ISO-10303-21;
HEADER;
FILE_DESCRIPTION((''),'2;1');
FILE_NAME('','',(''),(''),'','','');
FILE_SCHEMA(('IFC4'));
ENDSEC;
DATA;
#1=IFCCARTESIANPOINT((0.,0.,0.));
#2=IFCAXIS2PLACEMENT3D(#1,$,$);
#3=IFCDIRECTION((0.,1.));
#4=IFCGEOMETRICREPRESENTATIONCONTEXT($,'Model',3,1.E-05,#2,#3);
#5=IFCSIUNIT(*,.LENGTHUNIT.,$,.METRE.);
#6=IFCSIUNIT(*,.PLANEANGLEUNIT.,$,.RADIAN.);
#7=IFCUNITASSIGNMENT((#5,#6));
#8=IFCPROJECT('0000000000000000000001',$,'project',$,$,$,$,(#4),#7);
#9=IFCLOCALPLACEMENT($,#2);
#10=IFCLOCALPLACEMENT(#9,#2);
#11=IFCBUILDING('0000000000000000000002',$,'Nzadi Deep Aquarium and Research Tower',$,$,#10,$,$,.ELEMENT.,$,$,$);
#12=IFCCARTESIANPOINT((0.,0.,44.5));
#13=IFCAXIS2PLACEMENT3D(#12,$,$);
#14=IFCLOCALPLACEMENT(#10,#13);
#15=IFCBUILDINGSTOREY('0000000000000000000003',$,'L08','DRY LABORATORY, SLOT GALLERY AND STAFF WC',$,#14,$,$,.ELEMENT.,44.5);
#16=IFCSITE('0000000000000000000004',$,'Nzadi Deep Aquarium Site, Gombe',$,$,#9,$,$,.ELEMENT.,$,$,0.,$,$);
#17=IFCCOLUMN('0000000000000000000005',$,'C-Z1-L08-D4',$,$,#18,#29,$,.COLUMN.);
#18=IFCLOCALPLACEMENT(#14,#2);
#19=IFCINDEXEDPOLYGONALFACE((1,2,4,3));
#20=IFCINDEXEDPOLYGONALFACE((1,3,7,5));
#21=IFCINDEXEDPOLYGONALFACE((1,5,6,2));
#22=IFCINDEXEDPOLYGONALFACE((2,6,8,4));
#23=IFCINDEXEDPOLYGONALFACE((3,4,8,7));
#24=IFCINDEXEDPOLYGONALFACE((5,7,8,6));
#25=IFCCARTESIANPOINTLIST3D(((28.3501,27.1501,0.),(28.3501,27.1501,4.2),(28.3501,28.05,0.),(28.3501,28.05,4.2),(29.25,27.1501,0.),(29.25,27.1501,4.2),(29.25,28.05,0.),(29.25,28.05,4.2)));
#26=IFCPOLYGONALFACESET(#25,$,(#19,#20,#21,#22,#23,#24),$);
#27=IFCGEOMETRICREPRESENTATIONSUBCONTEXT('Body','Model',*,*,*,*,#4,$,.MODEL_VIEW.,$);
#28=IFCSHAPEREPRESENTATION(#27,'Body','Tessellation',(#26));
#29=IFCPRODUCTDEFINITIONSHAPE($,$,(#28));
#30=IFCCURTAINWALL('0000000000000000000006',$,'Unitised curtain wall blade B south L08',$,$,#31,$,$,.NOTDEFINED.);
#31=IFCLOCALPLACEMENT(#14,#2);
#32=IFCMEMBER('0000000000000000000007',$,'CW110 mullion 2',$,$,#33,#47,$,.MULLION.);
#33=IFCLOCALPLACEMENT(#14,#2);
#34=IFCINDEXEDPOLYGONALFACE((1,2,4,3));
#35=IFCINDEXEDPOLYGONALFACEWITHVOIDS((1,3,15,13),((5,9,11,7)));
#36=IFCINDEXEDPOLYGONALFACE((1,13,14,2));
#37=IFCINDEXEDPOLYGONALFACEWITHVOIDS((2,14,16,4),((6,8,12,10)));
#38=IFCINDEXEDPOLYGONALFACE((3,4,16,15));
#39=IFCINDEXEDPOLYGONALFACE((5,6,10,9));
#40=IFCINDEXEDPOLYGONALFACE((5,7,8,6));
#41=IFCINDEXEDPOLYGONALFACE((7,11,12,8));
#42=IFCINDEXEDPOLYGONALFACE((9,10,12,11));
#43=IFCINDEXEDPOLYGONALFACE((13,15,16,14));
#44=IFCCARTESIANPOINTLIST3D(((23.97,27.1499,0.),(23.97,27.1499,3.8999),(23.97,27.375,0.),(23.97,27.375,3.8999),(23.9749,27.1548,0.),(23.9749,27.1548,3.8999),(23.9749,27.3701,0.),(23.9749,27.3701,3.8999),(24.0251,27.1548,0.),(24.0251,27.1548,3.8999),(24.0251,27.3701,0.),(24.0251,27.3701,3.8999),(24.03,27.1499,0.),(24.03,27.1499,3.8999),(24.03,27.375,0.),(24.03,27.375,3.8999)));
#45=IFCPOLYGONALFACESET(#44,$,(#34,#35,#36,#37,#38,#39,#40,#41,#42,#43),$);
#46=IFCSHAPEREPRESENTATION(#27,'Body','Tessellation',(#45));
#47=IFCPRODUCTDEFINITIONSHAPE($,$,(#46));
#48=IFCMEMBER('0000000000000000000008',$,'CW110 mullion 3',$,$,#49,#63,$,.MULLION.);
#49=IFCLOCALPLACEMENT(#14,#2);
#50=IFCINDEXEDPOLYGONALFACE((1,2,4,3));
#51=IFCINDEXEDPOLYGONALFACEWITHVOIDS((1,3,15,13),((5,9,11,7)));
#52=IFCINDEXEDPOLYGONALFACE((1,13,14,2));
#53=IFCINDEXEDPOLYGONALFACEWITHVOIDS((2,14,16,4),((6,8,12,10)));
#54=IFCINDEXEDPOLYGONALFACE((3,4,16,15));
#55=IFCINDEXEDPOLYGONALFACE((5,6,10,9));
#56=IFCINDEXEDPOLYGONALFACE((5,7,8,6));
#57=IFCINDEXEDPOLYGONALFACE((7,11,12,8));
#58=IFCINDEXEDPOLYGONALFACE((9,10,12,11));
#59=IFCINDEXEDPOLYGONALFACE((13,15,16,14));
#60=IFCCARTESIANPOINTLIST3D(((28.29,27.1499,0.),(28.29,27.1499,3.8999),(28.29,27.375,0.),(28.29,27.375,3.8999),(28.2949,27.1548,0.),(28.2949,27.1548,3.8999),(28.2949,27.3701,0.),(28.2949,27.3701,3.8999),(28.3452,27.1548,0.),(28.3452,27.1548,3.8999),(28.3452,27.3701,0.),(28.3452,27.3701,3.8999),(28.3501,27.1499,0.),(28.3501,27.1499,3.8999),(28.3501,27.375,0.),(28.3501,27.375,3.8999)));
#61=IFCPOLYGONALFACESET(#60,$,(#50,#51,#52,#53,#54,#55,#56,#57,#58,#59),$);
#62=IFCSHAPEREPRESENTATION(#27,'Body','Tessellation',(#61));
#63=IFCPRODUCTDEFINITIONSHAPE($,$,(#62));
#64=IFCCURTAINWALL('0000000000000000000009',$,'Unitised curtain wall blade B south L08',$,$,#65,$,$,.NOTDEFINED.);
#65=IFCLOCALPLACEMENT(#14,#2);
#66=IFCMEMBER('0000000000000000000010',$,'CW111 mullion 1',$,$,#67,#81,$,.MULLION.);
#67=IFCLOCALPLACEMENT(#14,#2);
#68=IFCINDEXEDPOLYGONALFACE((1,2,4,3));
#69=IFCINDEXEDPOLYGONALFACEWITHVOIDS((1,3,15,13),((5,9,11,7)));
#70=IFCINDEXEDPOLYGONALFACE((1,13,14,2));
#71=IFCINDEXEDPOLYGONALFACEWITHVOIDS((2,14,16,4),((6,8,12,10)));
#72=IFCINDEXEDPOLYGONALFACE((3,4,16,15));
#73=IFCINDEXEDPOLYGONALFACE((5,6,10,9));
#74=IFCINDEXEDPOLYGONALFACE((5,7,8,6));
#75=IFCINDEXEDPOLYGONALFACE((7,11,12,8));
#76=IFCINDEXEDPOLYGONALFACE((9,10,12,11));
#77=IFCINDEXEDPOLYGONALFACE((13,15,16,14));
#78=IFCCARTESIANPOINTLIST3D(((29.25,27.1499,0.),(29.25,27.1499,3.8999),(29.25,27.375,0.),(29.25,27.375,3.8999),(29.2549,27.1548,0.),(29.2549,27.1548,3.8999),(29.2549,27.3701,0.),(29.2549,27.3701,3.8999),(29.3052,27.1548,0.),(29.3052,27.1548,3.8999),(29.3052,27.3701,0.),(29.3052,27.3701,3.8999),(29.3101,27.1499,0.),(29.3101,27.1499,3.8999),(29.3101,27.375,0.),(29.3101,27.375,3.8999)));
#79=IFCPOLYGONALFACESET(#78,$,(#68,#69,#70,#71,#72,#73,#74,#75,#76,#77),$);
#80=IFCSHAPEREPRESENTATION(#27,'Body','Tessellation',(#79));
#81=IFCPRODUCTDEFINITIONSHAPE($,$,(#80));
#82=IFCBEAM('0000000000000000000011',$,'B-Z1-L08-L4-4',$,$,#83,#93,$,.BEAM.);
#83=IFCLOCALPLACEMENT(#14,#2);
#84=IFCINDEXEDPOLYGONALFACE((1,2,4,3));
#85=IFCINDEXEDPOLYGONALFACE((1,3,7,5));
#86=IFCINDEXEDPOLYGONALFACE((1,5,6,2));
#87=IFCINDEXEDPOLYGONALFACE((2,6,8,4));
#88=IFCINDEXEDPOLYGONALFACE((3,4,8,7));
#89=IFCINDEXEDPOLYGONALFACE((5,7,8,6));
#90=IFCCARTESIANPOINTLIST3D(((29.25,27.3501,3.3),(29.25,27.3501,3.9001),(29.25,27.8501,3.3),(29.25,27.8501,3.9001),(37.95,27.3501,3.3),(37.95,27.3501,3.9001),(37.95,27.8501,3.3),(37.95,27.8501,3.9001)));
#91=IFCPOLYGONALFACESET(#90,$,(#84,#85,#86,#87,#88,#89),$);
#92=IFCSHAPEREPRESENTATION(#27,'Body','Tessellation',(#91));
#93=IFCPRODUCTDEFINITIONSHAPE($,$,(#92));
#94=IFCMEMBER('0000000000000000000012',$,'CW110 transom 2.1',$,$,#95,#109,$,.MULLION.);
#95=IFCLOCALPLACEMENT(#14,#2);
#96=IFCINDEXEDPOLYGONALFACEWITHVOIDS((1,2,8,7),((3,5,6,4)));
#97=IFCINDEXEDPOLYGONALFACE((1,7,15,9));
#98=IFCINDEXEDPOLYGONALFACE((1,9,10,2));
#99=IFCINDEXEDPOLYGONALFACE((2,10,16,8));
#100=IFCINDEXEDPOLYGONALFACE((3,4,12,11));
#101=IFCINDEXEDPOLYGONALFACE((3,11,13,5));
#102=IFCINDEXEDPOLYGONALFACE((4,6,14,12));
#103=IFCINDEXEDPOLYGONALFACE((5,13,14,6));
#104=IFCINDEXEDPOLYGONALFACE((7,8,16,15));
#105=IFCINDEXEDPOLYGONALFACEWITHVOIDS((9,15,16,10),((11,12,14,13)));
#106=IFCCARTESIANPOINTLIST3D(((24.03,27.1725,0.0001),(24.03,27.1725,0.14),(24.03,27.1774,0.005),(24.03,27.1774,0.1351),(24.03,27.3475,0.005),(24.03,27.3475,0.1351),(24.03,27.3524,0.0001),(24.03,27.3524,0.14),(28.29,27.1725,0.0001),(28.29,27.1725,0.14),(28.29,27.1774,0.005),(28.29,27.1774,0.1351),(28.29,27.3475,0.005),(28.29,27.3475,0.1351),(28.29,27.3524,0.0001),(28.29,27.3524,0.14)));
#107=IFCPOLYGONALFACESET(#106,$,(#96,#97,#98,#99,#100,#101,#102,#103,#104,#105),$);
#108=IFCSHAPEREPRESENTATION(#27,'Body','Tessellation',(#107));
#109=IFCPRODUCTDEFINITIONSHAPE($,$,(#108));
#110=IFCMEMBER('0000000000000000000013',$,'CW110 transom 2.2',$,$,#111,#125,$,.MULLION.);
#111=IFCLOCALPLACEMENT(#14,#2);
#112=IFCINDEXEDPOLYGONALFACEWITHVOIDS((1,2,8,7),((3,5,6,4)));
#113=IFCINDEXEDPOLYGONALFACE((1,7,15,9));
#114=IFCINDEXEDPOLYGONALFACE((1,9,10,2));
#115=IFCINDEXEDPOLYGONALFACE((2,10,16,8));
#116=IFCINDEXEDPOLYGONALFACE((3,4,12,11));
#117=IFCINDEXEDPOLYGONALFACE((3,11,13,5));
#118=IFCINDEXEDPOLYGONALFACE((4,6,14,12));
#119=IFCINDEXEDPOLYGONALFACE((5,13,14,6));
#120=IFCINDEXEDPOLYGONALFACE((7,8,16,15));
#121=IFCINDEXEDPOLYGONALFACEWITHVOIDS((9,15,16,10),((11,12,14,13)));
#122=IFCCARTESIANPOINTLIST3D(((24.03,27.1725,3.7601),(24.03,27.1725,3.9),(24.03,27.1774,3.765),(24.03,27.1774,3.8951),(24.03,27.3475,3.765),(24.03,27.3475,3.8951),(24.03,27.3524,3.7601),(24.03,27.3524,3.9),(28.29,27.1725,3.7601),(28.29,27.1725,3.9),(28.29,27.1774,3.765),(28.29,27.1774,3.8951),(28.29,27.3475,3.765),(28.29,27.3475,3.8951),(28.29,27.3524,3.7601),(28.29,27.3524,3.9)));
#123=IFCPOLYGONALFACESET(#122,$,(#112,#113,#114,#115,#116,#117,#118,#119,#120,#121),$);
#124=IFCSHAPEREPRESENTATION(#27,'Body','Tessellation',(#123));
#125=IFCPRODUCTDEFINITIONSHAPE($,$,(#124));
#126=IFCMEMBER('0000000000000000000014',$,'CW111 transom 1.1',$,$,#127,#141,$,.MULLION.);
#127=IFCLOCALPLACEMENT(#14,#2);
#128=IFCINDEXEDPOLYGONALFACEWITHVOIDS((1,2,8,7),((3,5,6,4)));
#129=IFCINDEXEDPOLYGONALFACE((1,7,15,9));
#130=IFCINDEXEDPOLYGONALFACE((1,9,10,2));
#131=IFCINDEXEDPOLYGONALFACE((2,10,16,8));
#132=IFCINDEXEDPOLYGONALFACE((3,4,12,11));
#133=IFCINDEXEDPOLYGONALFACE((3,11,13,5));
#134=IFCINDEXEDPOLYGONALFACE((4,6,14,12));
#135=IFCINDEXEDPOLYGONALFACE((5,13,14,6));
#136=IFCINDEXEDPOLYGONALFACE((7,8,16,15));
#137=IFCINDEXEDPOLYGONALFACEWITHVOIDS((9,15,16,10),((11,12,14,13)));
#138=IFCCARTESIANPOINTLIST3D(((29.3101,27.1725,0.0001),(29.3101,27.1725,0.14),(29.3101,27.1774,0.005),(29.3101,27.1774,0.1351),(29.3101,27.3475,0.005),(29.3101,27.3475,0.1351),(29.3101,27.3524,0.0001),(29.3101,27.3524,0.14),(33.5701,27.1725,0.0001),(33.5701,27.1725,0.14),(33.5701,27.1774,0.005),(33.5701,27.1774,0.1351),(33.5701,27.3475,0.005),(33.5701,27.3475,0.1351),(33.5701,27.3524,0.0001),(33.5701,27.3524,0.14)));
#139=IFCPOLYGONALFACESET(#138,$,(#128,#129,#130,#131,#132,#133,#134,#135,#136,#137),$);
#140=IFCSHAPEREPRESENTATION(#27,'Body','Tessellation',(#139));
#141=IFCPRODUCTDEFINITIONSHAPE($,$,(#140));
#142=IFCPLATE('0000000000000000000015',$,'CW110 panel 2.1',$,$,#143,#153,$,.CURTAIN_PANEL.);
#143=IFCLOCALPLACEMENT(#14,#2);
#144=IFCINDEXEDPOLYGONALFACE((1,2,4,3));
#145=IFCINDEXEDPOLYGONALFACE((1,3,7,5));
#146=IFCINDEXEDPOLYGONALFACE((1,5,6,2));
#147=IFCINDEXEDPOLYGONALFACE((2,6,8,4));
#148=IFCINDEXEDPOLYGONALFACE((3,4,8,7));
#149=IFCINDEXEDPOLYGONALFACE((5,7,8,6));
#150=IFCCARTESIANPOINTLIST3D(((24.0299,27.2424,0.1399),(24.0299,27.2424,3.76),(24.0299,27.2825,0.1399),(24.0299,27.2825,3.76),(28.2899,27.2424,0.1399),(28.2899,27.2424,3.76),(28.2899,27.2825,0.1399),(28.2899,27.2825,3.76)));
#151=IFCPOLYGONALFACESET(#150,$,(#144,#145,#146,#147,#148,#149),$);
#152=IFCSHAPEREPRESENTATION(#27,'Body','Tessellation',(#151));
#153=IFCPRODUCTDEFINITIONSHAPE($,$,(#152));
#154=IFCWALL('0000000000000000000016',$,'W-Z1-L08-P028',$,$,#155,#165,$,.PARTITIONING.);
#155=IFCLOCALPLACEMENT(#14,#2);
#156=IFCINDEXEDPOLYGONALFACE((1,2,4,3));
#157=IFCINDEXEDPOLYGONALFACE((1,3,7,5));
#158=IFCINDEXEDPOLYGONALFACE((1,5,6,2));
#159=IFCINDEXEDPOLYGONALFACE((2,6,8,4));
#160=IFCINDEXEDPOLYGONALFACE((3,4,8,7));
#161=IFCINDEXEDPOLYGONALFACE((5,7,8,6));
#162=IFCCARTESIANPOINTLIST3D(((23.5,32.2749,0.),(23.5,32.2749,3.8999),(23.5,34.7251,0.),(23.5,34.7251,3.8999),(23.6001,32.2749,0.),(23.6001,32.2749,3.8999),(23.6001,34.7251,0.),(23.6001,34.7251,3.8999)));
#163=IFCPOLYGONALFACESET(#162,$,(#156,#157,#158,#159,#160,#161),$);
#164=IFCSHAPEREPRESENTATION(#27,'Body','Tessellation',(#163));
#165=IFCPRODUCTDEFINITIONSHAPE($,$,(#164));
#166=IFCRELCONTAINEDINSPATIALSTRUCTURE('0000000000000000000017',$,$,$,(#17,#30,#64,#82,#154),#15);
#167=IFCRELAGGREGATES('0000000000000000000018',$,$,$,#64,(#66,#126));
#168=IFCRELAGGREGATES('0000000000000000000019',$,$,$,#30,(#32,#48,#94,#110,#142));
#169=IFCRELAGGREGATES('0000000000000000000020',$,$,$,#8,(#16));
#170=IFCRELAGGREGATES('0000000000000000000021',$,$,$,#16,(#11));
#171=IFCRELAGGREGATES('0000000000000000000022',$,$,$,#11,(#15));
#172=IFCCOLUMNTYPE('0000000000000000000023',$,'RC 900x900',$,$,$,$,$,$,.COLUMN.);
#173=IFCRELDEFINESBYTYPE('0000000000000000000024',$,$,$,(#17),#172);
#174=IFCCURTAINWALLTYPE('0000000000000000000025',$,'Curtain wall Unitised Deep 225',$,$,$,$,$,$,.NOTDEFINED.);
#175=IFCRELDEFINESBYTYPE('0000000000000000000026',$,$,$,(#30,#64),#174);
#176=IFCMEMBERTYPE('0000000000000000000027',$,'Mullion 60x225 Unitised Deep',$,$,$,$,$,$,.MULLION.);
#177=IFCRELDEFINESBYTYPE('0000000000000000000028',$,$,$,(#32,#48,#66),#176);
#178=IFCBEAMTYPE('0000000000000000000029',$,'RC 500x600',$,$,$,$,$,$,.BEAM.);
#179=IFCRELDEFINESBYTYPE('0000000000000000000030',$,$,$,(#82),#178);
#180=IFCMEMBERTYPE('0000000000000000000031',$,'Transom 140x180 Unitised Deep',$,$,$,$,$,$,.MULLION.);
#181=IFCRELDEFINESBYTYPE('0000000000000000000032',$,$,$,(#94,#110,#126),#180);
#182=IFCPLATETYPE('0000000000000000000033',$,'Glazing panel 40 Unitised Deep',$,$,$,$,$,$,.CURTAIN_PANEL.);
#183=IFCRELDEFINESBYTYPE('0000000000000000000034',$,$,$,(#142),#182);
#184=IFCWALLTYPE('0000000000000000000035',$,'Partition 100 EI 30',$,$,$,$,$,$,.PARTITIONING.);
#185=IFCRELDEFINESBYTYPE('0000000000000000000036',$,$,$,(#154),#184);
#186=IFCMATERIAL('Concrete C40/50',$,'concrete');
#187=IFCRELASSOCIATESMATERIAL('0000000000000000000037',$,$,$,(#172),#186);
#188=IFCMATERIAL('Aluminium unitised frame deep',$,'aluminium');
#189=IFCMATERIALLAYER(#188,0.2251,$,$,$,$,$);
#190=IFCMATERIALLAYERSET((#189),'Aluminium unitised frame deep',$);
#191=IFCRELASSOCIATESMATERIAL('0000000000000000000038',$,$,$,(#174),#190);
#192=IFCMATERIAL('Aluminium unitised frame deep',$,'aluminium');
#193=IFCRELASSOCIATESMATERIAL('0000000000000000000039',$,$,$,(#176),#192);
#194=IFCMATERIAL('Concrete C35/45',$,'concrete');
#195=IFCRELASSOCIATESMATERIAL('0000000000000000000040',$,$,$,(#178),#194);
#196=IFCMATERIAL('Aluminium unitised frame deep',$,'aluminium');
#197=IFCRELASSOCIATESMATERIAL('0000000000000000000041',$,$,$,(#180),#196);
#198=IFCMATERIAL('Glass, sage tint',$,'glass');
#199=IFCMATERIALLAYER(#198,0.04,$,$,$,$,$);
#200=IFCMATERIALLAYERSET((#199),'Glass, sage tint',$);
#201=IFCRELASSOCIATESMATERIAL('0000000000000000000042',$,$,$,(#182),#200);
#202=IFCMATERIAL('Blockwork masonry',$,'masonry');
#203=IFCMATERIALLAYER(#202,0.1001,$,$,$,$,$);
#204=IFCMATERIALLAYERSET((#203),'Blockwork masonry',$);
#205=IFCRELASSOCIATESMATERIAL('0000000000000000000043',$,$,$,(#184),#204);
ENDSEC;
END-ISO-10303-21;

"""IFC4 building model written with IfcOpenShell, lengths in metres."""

from ifc_helpers import new_model, si_unit, direction, frame, frame_2d, origin, origin_2d, place, context, subcontext, project, spatial, rectangle, hollow_rectangle, extrude, material, layer, layer_set, material_profile, profile_set, type_object, element, aggregate, save


model = new_model("IFC4")

# Units and contexts
model_context = context("Model", 3, precision=1e-05, world=origin(), true_north=direction((0.0, 1.0)))
body_context = subcontext(model_context, "Body", "Model", "MODEL_VIEW")
ifc_project = project(units=[si_unit("LENGTHUNIT", "METRE"), si_unit("PLANEANGLEUNIT", "RADIAN")], contexts=[model_context])

# Site, building, storey
site_placement = place(None, origin())
site = spatial("IfcSite", under=ifc_project, at=site_placement, Name="Nzadi Deep Aquarium Site, Gombe", CompositionType="ELEMENT", RefElevation=0.0)
building_placement = place(site_placement, origin())
building = spatial("IfcBuilding", under=site, at=building_placement, Name="Nzadi Deep Aquarium and Research Tower", CompositionType="ELEMENT")
storey_placement = place(building_placement, frame((0.0, 0.0, 44.5)))
storey = spatial("IfcBuildingStorey", under=building, at=storey_placement, Name="L08", Description="DRY LABORATORY, SLOT GALLERY AND STAFF WC", CompositionType="ELEMENT", Elevation=44.5)

# Column
ifc_material_1 = material(Name="Concrete C40/50", Category="concrete")
ifc_material_profile_1 = material_profile(ifc_material_1, rectangle(XDim=0.8999, YDim=0.8999, at=origin_2d()))
ifc_profile_set_1 = profile_set([ifc_material_profile_1], Name="Concrete C40/50")
column_type = type_object("IfcColumnType", Name="RC 900x900", PredefinedType="COLUMN", material=ifc_profile_set_1)
column_placement = place(storey_placement, frame((28.8, 27.6001, 0.0), z_axis=(0.0, 0.0, 1.0), x_axis=(1.0, 0.0, 0.0)))
element("IfcColumn", 1, at=column_placement, inside=storey, type_object=column_type, Name="C-Z1-L08-D4", PredefinedType="COLUMN", context=body_context, shape_type="SweptSolid", body=[
    extrude(rectangle(XDim=0.8999, YDim=0.8999, at=origin_2d()), origin(), (0.0, 0.0, 1.0), 4.2),
])

# Curtain wall, members
ifc_material_2 = material(Name="Aluminium unitised frame deep", Category="aluminium")
ifc_layer_1 = layer(ifc_material_2, 0.2251)
ifc_layer_set_1 = layer_set([ifc_layer_1], Name="Aluminium unitised frame deep")
curtain_wall_type = type_object("IfcCurtainWallType", Name="Curtain wall Unitised Deep 225", PredefinedType="NOTDEFINED", material=ifc_layer_set_1)
curtain_wall_1_placement = place(storey_placement, origin())
curtain_wall_1 = element("IfcCurtainWall", 2, at=curtain_wall_1_placement, inside=storey, type_object=curtain_wall_type, Name="Unitised curtain wall blade B south L08", PredefinedType="NOTDEFINED")
ifc_material_3 = material(Name="Aluminium unitised frame deep", Category="aluminium")
ifc_material_profile_2 = material_profile(ifc_material_3, hollow_rectangle(XDim=0.2251, YDim=0.0601, WallThickness=0.0049, at=origin_2d()))
ifc_profile_set_2 = profile_set([ifc_material_profile_2], Name="Aluminium unitised frame deep")
member_type_1 = type_object("IfcMemberType", Name="Mullion 60x225 Unitised Deep", PredefinedType="MULLION", material=ifc_profile_set_2)
member_1_placement = place(storey_placement, frame((24.0, 27.2625, 0.0), z_axis=(0.0, 0.0, 1.0), x_axis=(0.0, 1.0, 0.0)))
member_1 = element("IfcMember", 3, at=member_1_placement, type_object=member_type_1, Name="CW110 mullion 2", PredefinedType="MULLION", context=body_context, shape_type="SweptSolid", body=[
    extrude(hollow_rectangle(XDim=0.2251, YDim=0.0601, WallThickness=0.0049, at=origin_2d()), origin(), (0.0, 0.0, 1.0), 3.8999),
])
member_2_placement = place(storey_placement, frame((28.3201, 27.2625, 0.0), z_axis=(0.0, 0.0, 1.0), x_axis=(0.0, 1.0, 0.0)))
member_2 = element("IfcMember", 4, at=member_2_placement, type_object=member_type_1, Name="CW110 mullion 3", PredefinedType="MULLION", context=body_context, shape_type="SweptSolid", body=[
    extrude(hollow_rectangle(XDim=0.2251, YDim=0.0601, WallThickness=0.0049, at=origin_2d()), origin(), (0.0, 0.0, 1.0), 3.8999),
])

# Curtain wall, member
curtain_wall_2_placement = place(storey_placement, origin())
curtain_wall_2 = element("IfcCurtainWall", 5, at=curtain_wall_2_placement, inside=storey, type_object=curtain_wall_type, Name="Unitised curtain wall blade B south L08", PredefinedType="NOTDEFINED")
member_3_placement = place(storey_placement, frame((29.28, 27.2625, 0.0), z_axis=(0.0, 0.0, 1.0), x_axis=(0.0, 1.0, 0.0)))
member_3 = element("IfcMember", 6, at=member_3_placement, type_object=member_type_1, Name="CW111 mullion 1", PredefinedType="MULLION", context=body_context, shape_type="SweptSolid", body=[
    extrude(hollow_rectangle(XDim=0.2251, YDim=0.0601, WallThickness=0.0049, at=origin_2d()), origin(), (0.0, 0.0, 1.0), 3.8999),
])

# Beam
ifc_material_4 = material(Name="Concrete C35/45", Category="concrete")
ifc_material_profile_3 = material_profile(ifc_material_4, rectangle(XDim=0.5, YDim=0.6001, at=origin_2d()))
ifc_profile_set_3 = profile_set([ifc_material_profile_3], Name="Concrete C35/45")
beam_type = type_object("IfcBeamType", Name="RC 500x600", PredefinedType="BEAM", material=ifc_profile_set_3)
beam_placement = place(storey_placement, frame((29.25, 27.6001, 3.6001), z_axis=(1.0, 0.0, 0.0), x_axis=(0.0, 1.0, 0.0)))
element("IfcBeam", 7, at=beam_placement, inside=storey, type_object=beam_type, Name="B-Z1-L08-L4-4", PredefinedType="BEAM", context=body_context, shape_type="SweptSolid", body=[
    extrude(rectangle(XDim=0.5, YDim=0.6001, at=origin_2d()), origin(), (0.0, 0.0, 1.0), 8.7),
])

# Members
ifc_material_5 = material(Name="Aluminium unitised frame deep", Category="aluminium")
ifc_material_profile_4 = material_profile(ifc_material_5, hollow_rectangle(XDim=0.1799, YDim=0.1399, WallThickness=0.0049, at=origin_2d()))
ifc_profile_set_4 = profile_set([ifc_material_profile_4], Name="Aluminium unitised frame deep")
member_type_2 = type_object("IfcMemberType", Name="Transom 140x180 Unitised Deep", PredefinedType="MULLION", material=ifc_profile_set_4)
member_4_placement = place(storey_placement, frame((24.03, 27.2625, 0.0701), z_axis=(1.0, 0.0, 0.0), x_axis=(0.0, 1.0, 0.0)))
member_4 = element("IfcMember", 8, at=member_4_placement, type_object=member_type_2, Name="CW110 transom 2.1", PredefinedType="MULLION", context=body_context, shape_type="SweptSolid", body=[
    extrude(hollow_rectangle(XDim=0.1799, YDim=0.1399, WallThickness=0.0049, at=origin_2d()), origin(), (0.0, 0.0, 1.0), 4.26),
])
member_5_placement = place(storey_placement, frame((24.03, 27.2625, 3.8301), z_axis=(1.0, 0.0, 0.0), x_axis=(0.0, 1.0, 0.0)))
member_5 = element("IfcMember", 9, at=member_5_placement, type_object=member_type_2, Name="CW110 transom 2.2", PredefinedType="MULLION", context=body_context, shape_type="SweptSolid", body=[
    extrude(hollow_rectangle(XDim=0.1799, YDim=0.1399, WallThickness=0.0049, at=origin_2d()), origin(), (0.0, 0.0, 1.0), 4.26),
])
member_6_placement = place(storey_placement, frame((29.3101, 27.2625, 0.0701), z_axis=(1.0, 0.0, 0.0), x_axis=(0.0, 1.0, 0.0)))
member_6 = element("IfcMember", 10, at=member_6_placement, type_object=member_type_2, Name="CW111 transom 1.1", PredefinedType="MULLION", context=body_context, shape_type="SweptSolid", body=[
    extrude(hollow_rectangle(XDim=0.1799, YDim=0.1399, WallThickness=0.0049, at=origin_2d()), origin(), (0.0, 0.0, 1.0), 4.26),
])
aggregate(curtain_wall_2, [member_3, member_6])

# Plate
ifc_material_6 = material(Name="Glass, sage tint", Category="glass")
ifc_layer_2 = layer(ifc_material_6, 0.04)
ifc_layer_set_2 = layer_set([ifc_layer_2], Name="Glass, sage tint")
plate_type = type_object("IfcPlateType", Name="Glazing panel 40 Unitised Deep", PredefinedType="CURTAIN_PANEL", material=ifc_layer_set_2)
plate_placement = place(storey_placement, frame((26.1599, 27.2625, 0.1399), z_axis=(0.0, 0.0, 1.0), x_axis=(1.0, 0.0, 0.0)))
plate = element("IfcPlate", 11, at=plate_placement, type_object=plate_type, Name="CW110 panel 2.1", PredefinedType="CURTAIN_PANEL", context=body_context, shape_type="SweptSolid", body=[
    extrude(rectangle(XDim=4.26, YDim=0.04, at=origin_2d()), origin(), (0.0, 0.0, 1.0), 3.6201),
])
aggregate(curtain_wall_1, [member_1, member_2, member_4, member_5, plate])

# Wall
ifc_material_7 = material(Name="Blockwork masonry", Category="masonry")
ifc_layer_3 = layer(ifc_material_7, 0.1001)
ifc_layer_set_3 = layer_set([ifc_layer_3], Name="Blockwork masonry")
wall_type_1 = type_object("IfcWallType", Name="Partition 100 EI 30", PredefinedType="PARTITIONING", material=ifc_layer_set_3)
wall_1_placement = place(storey_placement, frame((23.55, 32.2749, 0.0), z_axis=(0.0, 0.0, 1.0), x_axis=(0.0, 1.0, 0.0)))
element("IfcWall", 12, at=wall_1_placement, inside=storey, type_object=wall_type_1, Name="W-Z1-L08-P028", PredefinedType="PARTITIONING", context=body_context, shape_type="SweptSolid", body=[
    extrude(rectangle(XDim=2.4502, YDim=0.1001, at=frame_2d((1.2251, 0.0))), origin(), (0.0, 0.0, 1.0), 3.8999),
])

save(model, "model.ifc")
